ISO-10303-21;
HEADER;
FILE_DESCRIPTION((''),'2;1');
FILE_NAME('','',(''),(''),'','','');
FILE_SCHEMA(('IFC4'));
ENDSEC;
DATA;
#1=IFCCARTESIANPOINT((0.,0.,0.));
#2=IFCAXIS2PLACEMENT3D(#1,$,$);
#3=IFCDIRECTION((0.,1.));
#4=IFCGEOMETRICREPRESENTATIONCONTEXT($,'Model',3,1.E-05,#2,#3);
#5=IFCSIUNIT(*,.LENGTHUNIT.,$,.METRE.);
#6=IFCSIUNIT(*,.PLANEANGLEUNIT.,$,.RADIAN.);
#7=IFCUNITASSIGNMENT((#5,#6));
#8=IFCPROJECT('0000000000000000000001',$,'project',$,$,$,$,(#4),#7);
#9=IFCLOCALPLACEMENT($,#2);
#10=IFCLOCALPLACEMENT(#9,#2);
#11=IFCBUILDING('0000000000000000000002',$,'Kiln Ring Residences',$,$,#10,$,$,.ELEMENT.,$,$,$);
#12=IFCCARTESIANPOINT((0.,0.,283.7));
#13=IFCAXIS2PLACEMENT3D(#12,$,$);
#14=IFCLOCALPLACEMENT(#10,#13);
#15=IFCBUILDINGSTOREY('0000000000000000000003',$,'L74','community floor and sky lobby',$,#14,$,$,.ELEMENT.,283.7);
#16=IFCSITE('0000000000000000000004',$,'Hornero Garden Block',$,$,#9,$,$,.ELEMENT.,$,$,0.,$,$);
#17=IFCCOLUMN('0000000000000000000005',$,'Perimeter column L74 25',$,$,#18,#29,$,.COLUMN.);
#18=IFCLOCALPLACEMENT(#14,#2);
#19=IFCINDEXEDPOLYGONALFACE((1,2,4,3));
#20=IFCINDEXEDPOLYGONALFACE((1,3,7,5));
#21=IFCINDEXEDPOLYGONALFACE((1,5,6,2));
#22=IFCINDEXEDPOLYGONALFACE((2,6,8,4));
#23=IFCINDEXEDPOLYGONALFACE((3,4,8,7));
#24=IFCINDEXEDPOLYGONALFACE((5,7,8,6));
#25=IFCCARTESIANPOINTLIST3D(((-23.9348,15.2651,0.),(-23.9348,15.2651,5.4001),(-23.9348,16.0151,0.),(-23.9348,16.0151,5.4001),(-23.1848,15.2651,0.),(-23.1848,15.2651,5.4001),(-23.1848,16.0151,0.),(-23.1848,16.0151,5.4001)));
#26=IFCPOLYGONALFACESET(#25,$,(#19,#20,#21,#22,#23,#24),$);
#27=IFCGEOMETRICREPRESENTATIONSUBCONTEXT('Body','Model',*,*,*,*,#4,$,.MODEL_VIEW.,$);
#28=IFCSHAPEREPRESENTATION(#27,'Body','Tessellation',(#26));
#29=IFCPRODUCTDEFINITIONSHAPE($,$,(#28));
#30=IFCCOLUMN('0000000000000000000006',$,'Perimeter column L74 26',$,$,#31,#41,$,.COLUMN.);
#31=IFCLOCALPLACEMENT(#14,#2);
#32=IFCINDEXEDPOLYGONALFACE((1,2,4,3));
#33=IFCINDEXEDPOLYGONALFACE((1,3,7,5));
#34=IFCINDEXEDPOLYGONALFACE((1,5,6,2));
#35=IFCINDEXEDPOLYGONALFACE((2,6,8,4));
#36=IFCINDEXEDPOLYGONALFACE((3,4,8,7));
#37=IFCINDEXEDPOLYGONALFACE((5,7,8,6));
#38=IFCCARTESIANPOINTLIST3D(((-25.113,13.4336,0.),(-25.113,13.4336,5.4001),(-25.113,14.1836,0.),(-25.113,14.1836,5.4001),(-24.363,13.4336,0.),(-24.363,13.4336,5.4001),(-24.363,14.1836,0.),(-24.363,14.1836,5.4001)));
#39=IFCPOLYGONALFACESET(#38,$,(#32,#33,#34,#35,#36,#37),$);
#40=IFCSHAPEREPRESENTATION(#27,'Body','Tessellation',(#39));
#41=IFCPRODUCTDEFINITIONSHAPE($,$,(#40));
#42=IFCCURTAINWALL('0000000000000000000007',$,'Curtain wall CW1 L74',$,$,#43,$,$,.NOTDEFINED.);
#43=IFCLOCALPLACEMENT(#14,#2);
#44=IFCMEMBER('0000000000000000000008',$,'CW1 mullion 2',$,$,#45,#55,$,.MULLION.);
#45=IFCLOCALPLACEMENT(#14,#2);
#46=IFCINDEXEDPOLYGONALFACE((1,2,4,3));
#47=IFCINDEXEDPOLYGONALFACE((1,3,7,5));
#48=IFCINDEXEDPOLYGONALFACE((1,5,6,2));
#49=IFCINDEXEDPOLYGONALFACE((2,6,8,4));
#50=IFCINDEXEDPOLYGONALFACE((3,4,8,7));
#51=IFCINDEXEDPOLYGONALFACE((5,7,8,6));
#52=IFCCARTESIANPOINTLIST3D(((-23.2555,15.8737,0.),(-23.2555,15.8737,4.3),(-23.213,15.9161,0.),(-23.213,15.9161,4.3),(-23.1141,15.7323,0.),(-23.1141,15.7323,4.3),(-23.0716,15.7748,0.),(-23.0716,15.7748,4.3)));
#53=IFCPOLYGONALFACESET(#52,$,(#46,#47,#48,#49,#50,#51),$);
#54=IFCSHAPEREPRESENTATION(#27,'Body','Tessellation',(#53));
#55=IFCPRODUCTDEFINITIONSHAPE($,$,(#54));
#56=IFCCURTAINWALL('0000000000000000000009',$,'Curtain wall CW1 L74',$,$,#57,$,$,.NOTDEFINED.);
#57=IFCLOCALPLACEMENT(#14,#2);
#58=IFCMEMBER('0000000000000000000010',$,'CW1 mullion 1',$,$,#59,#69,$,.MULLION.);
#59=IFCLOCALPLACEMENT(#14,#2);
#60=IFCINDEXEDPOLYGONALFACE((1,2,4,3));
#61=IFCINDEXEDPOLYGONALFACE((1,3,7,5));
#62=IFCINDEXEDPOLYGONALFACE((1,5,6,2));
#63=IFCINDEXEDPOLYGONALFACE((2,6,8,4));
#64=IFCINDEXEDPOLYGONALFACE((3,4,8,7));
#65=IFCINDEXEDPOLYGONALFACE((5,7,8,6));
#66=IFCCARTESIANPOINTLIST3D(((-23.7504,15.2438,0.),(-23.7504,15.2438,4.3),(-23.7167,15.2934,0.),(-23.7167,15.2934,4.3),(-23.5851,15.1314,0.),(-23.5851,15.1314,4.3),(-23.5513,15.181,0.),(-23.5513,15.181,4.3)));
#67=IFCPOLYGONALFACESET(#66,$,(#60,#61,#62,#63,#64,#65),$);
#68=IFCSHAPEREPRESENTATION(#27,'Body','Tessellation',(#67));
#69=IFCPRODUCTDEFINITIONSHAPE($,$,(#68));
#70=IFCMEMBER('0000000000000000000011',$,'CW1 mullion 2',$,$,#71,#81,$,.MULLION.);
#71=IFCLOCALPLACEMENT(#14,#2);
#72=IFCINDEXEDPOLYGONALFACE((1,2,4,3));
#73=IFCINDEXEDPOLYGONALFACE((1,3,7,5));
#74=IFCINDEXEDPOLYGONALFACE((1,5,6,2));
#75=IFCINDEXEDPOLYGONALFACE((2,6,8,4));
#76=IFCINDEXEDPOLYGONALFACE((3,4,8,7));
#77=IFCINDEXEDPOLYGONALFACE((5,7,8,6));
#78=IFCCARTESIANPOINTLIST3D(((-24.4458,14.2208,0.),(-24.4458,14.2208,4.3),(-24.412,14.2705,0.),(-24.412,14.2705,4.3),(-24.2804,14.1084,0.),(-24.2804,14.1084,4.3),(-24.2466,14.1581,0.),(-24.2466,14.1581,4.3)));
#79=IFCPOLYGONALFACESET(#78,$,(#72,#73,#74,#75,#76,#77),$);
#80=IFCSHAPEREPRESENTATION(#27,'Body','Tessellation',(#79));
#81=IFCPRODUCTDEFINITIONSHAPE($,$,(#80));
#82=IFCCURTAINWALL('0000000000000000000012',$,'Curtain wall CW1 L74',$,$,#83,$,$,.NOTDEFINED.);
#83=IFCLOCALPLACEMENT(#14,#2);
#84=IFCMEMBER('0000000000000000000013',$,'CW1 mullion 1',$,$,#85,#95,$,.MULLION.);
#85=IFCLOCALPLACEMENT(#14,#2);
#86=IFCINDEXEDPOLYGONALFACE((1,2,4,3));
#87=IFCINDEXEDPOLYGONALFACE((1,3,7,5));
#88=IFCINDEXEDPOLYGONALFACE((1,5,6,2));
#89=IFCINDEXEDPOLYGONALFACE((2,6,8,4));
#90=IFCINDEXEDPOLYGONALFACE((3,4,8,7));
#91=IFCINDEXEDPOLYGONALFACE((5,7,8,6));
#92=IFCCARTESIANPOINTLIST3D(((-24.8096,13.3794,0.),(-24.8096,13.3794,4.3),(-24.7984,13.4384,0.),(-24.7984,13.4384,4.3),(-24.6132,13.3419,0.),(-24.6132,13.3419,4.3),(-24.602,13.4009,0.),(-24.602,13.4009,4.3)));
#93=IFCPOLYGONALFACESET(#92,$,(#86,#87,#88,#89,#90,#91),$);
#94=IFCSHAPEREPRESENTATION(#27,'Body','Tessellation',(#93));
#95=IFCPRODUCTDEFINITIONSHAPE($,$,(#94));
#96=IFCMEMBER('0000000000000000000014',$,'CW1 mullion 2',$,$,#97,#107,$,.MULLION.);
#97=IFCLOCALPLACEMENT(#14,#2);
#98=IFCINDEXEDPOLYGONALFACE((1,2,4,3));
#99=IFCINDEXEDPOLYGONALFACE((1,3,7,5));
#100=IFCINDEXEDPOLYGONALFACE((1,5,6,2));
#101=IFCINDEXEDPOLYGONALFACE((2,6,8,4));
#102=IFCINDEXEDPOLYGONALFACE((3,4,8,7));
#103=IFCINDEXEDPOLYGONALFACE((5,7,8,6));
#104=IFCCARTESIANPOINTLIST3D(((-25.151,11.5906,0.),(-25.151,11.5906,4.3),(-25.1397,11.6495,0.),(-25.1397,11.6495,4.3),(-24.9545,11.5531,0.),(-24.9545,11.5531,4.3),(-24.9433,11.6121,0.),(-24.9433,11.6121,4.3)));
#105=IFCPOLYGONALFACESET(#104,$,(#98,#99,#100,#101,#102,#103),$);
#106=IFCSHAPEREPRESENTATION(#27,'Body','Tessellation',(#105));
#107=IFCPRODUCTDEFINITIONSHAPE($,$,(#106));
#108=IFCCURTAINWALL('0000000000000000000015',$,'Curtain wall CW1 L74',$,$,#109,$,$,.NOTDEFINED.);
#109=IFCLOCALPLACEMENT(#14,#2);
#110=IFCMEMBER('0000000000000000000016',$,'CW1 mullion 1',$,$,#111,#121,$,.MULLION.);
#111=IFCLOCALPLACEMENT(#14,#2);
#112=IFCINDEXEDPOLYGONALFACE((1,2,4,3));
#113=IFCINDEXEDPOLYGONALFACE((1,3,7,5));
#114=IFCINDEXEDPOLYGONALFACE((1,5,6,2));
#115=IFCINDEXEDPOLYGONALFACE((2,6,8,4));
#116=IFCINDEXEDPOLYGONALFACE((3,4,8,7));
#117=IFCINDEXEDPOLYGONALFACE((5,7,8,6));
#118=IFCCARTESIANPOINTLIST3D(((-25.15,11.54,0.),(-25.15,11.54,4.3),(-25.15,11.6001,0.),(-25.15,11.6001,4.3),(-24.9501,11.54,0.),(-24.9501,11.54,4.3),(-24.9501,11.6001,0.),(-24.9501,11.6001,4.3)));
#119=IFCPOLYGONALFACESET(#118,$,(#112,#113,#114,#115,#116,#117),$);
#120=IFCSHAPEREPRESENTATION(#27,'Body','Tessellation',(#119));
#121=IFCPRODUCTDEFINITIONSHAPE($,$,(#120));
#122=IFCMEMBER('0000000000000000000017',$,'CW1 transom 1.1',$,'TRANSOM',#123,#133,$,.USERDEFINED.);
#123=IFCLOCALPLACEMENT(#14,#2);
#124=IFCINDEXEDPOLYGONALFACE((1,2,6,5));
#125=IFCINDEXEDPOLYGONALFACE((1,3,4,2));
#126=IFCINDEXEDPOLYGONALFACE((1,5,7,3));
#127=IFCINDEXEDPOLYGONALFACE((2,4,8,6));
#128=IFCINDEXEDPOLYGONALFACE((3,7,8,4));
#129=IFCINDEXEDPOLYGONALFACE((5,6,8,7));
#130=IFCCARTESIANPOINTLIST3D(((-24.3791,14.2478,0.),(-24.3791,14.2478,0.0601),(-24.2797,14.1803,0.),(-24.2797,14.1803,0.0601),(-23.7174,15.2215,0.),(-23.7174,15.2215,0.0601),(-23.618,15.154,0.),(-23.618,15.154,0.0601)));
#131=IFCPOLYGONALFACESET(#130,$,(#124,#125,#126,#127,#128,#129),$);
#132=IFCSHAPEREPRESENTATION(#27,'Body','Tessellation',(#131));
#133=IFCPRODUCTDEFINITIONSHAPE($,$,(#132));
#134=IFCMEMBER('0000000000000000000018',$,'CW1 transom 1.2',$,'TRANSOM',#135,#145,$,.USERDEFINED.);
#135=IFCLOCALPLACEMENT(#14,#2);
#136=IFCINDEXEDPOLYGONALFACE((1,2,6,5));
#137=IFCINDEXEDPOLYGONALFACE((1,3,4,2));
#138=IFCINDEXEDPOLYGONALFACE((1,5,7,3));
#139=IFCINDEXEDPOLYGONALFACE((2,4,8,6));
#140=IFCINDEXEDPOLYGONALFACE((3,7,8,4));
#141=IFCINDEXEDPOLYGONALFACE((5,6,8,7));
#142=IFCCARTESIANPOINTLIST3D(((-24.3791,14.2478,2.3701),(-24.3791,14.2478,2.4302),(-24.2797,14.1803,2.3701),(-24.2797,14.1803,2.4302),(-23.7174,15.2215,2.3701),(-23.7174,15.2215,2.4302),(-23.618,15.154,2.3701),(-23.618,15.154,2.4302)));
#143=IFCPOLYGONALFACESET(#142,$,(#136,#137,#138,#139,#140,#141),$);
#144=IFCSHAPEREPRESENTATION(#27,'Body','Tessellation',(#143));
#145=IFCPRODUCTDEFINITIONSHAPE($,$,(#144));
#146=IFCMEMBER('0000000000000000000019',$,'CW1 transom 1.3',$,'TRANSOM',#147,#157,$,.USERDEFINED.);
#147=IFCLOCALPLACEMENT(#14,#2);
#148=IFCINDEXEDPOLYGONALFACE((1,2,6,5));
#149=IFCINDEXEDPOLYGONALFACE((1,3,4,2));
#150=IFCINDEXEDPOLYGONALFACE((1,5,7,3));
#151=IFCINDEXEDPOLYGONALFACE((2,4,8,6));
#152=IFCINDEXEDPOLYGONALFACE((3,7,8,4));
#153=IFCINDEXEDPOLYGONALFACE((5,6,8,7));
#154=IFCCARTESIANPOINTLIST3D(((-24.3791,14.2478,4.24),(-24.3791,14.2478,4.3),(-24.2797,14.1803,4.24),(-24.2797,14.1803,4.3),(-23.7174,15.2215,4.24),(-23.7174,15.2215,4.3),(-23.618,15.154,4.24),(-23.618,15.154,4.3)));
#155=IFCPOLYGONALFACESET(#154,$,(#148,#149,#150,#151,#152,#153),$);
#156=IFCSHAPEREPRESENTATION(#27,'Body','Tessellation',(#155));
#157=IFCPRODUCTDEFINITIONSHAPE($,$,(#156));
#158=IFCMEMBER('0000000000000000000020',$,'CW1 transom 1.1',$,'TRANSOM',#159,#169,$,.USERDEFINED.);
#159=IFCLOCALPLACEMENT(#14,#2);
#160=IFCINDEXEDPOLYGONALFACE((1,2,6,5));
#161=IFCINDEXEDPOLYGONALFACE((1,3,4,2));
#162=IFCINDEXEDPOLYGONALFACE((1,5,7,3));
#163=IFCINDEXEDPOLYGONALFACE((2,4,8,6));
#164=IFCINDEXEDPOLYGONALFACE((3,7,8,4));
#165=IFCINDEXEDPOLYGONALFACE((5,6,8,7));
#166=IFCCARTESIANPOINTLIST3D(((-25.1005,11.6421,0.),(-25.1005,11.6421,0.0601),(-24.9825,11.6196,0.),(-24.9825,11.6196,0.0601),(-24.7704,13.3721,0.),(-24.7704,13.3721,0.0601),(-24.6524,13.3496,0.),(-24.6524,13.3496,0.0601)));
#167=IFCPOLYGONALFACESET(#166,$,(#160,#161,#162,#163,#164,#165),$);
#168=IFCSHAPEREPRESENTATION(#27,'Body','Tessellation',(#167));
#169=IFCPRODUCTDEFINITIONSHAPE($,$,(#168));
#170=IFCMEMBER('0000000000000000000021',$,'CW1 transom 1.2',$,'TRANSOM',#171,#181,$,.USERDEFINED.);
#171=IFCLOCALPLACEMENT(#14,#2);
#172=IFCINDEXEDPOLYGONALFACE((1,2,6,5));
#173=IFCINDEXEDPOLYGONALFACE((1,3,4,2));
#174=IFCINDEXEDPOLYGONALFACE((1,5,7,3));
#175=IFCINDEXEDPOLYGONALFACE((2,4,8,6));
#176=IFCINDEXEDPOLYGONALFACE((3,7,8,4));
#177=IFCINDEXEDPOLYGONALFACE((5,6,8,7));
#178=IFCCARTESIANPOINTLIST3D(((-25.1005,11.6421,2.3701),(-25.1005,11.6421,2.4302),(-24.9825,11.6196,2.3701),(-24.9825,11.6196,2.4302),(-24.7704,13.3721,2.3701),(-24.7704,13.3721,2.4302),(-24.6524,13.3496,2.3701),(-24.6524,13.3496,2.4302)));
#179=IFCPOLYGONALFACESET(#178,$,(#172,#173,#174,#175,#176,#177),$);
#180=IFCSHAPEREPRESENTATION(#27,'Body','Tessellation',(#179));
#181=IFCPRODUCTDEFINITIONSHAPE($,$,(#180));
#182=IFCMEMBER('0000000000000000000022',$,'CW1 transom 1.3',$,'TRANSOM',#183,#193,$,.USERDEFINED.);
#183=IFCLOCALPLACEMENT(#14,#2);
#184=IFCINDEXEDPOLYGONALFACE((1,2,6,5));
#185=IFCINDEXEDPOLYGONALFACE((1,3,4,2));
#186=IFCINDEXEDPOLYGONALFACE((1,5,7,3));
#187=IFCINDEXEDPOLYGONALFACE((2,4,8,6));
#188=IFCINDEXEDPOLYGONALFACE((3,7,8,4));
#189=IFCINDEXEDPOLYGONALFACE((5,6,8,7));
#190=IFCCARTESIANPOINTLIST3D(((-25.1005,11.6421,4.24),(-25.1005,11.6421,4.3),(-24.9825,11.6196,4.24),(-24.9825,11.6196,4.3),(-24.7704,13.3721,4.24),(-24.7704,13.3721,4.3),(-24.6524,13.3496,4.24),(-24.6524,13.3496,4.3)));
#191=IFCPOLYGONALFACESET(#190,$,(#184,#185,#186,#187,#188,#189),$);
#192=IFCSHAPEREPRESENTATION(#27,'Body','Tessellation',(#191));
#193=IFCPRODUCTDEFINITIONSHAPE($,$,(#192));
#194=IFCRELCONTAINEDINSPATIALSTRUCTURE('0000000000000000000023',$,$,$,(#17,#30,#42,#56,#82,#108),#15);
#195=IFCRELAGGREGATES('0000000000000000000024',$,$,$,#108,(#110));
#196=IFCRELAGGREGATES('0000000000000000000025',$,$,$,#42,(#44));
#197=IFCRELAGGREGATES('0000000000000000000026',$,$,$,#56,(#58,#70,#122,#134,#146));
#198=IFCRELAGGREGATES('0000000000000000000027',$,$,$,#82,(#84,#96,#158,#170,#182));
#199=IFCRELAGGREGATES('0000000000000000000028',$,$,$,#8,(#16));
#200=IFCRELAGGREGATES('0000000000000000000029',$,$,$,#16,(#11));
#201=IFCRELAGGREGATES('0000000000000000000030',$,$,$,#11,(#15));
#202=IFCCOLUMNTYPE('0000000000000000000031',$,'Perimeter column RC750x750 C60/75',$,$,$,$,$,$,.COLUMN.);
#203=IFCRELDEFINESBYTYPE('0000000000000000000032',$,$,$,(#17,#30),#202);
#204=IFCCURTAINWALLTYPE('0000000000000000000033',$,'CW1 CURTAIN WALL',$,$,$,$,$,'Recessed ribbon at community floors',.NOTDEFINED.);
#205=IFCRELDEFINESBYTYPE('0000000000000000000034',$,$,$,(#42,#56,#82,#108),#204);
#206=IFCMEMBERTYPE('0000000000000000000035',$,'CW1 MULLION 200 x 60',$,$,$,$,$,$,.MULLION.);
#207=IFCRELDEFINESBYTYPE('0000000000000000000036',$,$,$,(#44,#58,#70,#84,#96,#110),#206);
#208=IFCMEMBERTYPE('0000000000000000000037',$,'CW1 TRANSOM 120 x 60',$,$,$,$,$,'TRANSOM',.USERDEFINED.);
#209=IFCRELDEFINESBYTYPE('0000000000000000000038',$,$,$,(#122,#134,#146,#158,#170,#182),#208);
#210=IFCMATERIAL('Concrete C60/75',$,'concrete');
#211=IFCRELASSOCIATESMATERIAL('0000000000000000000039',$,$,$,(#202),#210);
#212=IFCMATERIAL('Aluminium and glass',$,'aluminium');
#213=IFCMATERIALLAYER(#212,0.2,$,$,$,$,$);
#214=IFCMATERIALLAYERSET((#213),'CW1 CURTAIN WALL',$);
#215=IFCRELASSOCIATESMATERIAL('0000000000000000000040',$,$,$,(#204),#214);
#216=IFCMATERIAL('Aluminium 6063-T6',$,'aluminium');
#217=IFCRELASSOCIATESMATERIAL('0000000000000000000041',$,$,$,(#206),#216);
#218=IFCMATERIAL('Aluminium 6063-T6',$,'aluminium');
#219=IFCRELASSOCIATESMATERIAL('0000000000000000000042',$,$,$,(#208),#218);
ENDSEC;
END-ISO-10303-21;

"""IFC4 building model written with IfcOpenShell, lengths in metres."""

from ifc_helpers import new_model, si_unit, direction, frame, origin, origin_2d, place, context, subcontext, project, spatial, rectangle, extrude, material, layer, layer_set, material_profile, profile_set, type_object, element, aggregate, save


model = new_model("IFC4")

# Units and contexts
model_context = context("Model", 3, precision=1e-05, world=origin(), true_north=direction((0.0, 1.0)))
body_context = subcontext(model_context, "Body", "Model", "MODEL_VIEW")
ifc_project = project(units=[si_unit("LENGTHUNIT", "METRE"), si_unit("PLANEANGLEUNIT", "RADIAN")], contexts=[model_context])

# Site, building, storey
site_placement = place(None, origin())
site = spatial("IfcSite", under=ifc_project, at=site_placement, Name="Hornero Garden Block", CompositionType="ELEMENT", RefElevation=0.0)
building_placement = place(site_placement, origin())
building = spatial("IfcBuilding", under=site, at=building_placement, Name="Kiln Ring Residences", CompositionType="ELEMENT")
storey_placement = place(building_placement, frame((0.0, 0.0, 283.7)))
storey = spatial("IfcBuildingStorey", under=building, at=storey_placement, Name="L74", Description="community floor and sky lobby", CompositionType="ELEMENT", Elevation=283.7)

# Columns
ifc_material_1 = material(Name="Concrete C60/75", Category="concrete")
ifc_material_profile_1 = material_profile(ifc_material_1, rectangle(XDim=0.75, YDim=0.75, at=origin_2d()), Name="RC750x750")
ifc_profile_set_1 = profile_set([ifc_material_profile_1], Name="Concrete C60/75")
column_type = type_object("IfcColumnType", Name="Perimeter column RC750x750 C60/75", PredefinedType="COLUMN", material=ifc_profile_set_1)
for number, where, z_axis, x_axis, name in (
    (1, (-23.5598, 15.6401, 0.0), (0.0, 0.0, 1.0), (1.0, 0.0, 0.0), "Perimeter column L74 25"),
    (2, (-24.738, 13.8086, 0.0), (0.0, 0.0, 1.0), (1.0, 0.0, 0.0), "Perimeter column L74 26"),
):
    element("IfcColumn", number, at=place(storey_placement, frame(where, z_axis=z_axis, x_axis=x_axis)), inside=storey, type_object=column_type, Name=name, PredefinedType="COLUMN", context=body_context, shape_type="SweptSolid", body=[
        extrude(rectangle(XDim=0.75, YDim=0.75, at=origin_2d()), origin(), (0.0, 0.0, 1.0), 5.4001),
    ])

# Curtain wall, member
ifc_material_2 = material(Name="Aluminium and glass", Category="aluminium")
ifc_layer_1 = layer(ifc_material_2, 0.2)
ifc_layer_set_1 = layer_set([ifc_layer_1], Name="CW1 CURTAIN WALL")
curtain_wall_type = type_object("IfcCurtainWallType", Name="CW1 CURTAIN WALL", ElementType="Recessed ribbon at community floors", PredefinedType="NOTDEFINED", material=ifc_layer_set_1)
placement = place(storey_placement, origin())
curtain_wall_1 = element("IfcCurtainWall", 3, at=placement, inside=storey, type_object=curtain_wall_type, Name="Curtain wall CW1 L74", PredefinedType="NOTDEFINED")
ifc_material_3 = material(Name="Aluminium 6063-T6", Category="aluminium")
ifc_material_profile_2 = material_profile(ifc_material_3, rectangle(XDim=0.2, YDim=0.0601, at=origin_2d()), Name="AL 200x60")
ifc_profile_set_2 = profile_set([ifc_material_profile_2], Name="Aluminium 6063-T6")
member_type_1 = type_object("IfcMemberType", Name="CW1 MULLION 200 x 60", PredefinedType="MULLION", material=ifc_profile_set_2)
member_1_placement = place(storey_placement, frame((-23.1636, 15.8242, 0.0), z_axis=(0.0, 0.0, 1.0), x_axis=(0.707107, -0.707107, 0.0)))
member_1 = element("IfcMember", 4, at=member_1_placement, type_object=member_type_1, Name="CW1 mullion 2", PredefinedType="MULLION", context=body_context, shape_type="SweptSolid", body=[
    extrude(rectangle(XDim=0.2, YDim=0.0601, at=origin_2d()), origin(), (0.0, 0.0, 1.0), 4.3),
])

# Curtain walls, members
curtain_wall_2 = element("IfcCurtainWall", 5, at=placement, inside=storey, type_object=curtain_wall_type, Name="Curtain wall CW1 L74", PredefinedType="NOTDEFINED")
member_2_placement = place(storey_placement, frame((-23.6509, 15.2124, 0.0), z_axis=(0.0, 0.0, 1.0), x_axis=(0.827072, -0.562097, 0.0)))
member_2 = element("IfcMember", 6, at=member_2_placement, type_object=member_type_1, Name="CW1 mullion 1", PredefinedType="MULLION", context=body_context, shape_type="SweptSolid", body=[
    extrude(rectangle(XDim=0.2, YDim=0.0601, at=origin_2d()), origin(), (0.0, 0.0, 1.0), 4.3),
])
member_3_placement = place(storey_placement, frame((-24.3462, 14.1895, 0.0), z_axis=(0.0, 0.0, 1.0), x_axis=(0.827072, -0.562097, 0.0)))
member_3 = element("IfcMember", 7, at=member_3_placement, type_object=member_type_1, Name="CW1 mullion 2", PredefinedType="MULLION", context=body_context, shape_type="SweptSolid", body=[
    extrude(rectangle(XDim=0.2, YDim=0.0601, at=origin_2d()), origin(), (0.0, 0.0, 1.0), 4.3),
])
curtain_wall_3 = element("IfcCurtainWall", 8, at=placement, inside=storey, type_object=curtain_wall_type, Name="Curtain wall CW1 L74", PredefinedType="NOTDEFINED")
member_4_placement = place(storey_placement, frame((-24.7058, 13.3901, 0.0), z_axis=(0.0, 0.0, 1.0), x_axis=(0.98229, -0.187366, 0.0)))
member_4 = element("IfcMember", 9, at=member_4_placement, type_object=member_type_1, Name="CW1 mullion 1", PredefinedType="MULLION", context=body_context, shape_type="SweptSolid", body=[
    extrude(rectangle(XDim=0.2, YDim=0.0601, at=origin_2d()), origin(), (0.0, 0.0, 1.0), 4.3),
])
member_5_placement = place(storey_placement, frame((-25.0471, 11.6013, 0.0), z_axis=(0.0, 0.0, 1.0), x_axis=(0.98229, -0.187366, 0.0)))
member_5 = element("IfcMember", 10, at=member_5_placement, type_object=member_type_1, Name="CW1 mullion 2", PredefinedType="MULLION", context=body_context, shape_type="SweptSolid", body=[
    extrude(rectangle(XDim=0.2, YDim=0.0601, at=origin_2d()), origin(), (0.0, 0.0, 1.0), 4.3),
])

# Curtain wall, member
curtain_wall_4 = element("IfcCurtainWall", 11, at=placement, inside=storey, type_object=curtain_wall_type, Name="Curtain wall CW1 L74", PredefinedType="NOTDEFINED")
member_6_placement = place(storey_placement, frame((-25.05, 11.5701, 0.0), z_axis=(0.0, 0.0, 1.0), x_axis=(1.0, 0.0, 0.0)))
member_6 = element("IfcMember", 12, at=member_6_placement, type_object=member_type_1, Name="CW1 mullion 1", PredefinedType="MULLION", context=body_context, shape_type="SweptSolid", body=[
    extrude(rectangle(XDim=0.2, YDim=0.0601, at=origin_2d()), origin(), (0.0, 0.0, 1.0), 4.3),
])
aggregate(curtain_wall_4, [member_6])

# Members
ifc_material_4 = material(Name="Aluminium 6063-T6", Category="aluminium")
ifc_material_profile_3 = material_profile(ifc_material_4, rectangle(XDim=0.1201, YDim=0.0601, at=origin_2d()), Name="AL 120x60")
ifc_profile_set_3 = profile_set([ifc_material_profile_3], Name="Aluminium 6063-T6")
member_type_2 = type_object("IfcMemberType", Name="CW1 TRANSOM 120 x 60", ElementType="TRANSOM", PredefinedType="USERDEFINED", material=ifc_profile_set_3)
member_7_placement = place(storey_placement, frame((-23.6677, 15.1877, 0.03), z_axis=(-0.562049, -0.827104, 0.0), x_axis=(0.827104, -0.562049, 0.0)))
member_7 = element("IfcMember", 13, at=member_7_placement, type_object=member_type_2, Name="CW1 transom 1.1", ObjectType="TRANSOM", PredefinedType="USERDEFINED", context=body_context, shape_type="SweptSolid", body=[
    extrude(rectangle(XDim=0.1201, YDim=0.0601, at=origin_2d()), origin(), (0.0, 0.0, 1.0), 1.1772),
])
member_8_placement = place(storey_placement, frame((-23.6677, 15.1877, 2.4001), z_axis=(-0.562049, -0.827104, 0.0), x_axis=(0.827104, -0.562049, 0.0)))
member_8 = element("IfcMember", 14, at=member_8_placement, type_object=member_type_2, Name="CW1 transom 1.2", ObjectType="TRANSOM", PredefinedType="USERDEFINED", context=body_context, shape_type="SweptSolid", body=[
    extrude(rectangle(XDim=0.1201, YDim=0.0601, at=origin_2d()), origin(), (0.0, 0.0, 1.0), 1.1772),
])
member_9_placement = place(storey_placement, frame((-23.6677, 15.1877, 4.27), z_axis=(-0.562049, -0.827104, 0.0), x_axis=(0.827104, -0.562049, 0.0)))
member_9 = element("IfcMember", 15, at=member_9_placement, type_object=member_type_2, Name="CW1 transom 1.3", ObjectType="TRANSOM", PredefinedType="USERDEFINED", context=body_context, shape_type="SweptSolid", body=[
    extrude(rectangle(XDim=0.1201, YDim=0.0601, at=origin_2d()), origin(), (0.0, 0.0, 1.0), 1.1772),
])
member_10_placement = place(storey_placement, frame((-24.7114, 13.3608, 0.03), z_axis=(-0.187418, -0.98228, 0.0), x_axis=(0.98228, -0.187418, 0.0)))
member_10 = element("IfcMember", 16, at=member_10_placement, type_object=member_type_2, Name="CW1 transom 1.1", ObjectType="TRANSOM", PredefinedType="USERDEFINED", context=body_context, shape_type="SweptSolid", body=[
    extrude(rectangle(XDim=0.1201, YDim=0.0601, at=origin_2d()), origin(), (0.0, 0.0, 1.0), 1.7612),
])
member_11_placement = place(storey_placement, frame((-24.7114, 13.3608, 2.4001), z_axis=(-0.187418, -0.98228, 0.0), x_axis=(0.98228, -0.187418, 0.0)))
member_11 = element("IfcMember", 17, at=member_11_placement, type_object=member_type_2, Name="CW1 transom 1.2", ObjectType="TRANSOM", PredefinedType="USERDEFINED", context=body_context, shape_type="SweptSolid", body=[
    extrude(rectangle(XDim=0.1201, YDim=0.0601, at=origin_2d()), origin(), (0.0, 0.0, 1.0), 1.7612),
])
member_12_placement = place(storey_placement, frame((-24.7114, 13.3608, 4.27), z_axis=(-0.187418, -0.98228, 0.0), x_axis=(0.98228, -0.187418, 0.0)))
member_12 = element("IfcMember", 18, at=member_12_placement, type_object=member_type_2, Name="CW1 transom 1.3", ObjectType="TRANSOM", PredefinedType="USERDEFINED", context=body_context, shape_type="SweptSolid", body=[
    extrude(rectangle(XDim=0.1201, YDim=0.0601, at=origin_2d()), origin(), (0.0, 0.0, 1.0), 1.7612),
])

aggregate(curtain_wall_1, [member_1])
aggregate(curtain_wall_2, [member_2, member_3, member_7, member_8, member_9])
aggregate(curtain_wall_3, [member_4, member_5, member_10, member_11, member_12])

save(model, "model.ifc")
